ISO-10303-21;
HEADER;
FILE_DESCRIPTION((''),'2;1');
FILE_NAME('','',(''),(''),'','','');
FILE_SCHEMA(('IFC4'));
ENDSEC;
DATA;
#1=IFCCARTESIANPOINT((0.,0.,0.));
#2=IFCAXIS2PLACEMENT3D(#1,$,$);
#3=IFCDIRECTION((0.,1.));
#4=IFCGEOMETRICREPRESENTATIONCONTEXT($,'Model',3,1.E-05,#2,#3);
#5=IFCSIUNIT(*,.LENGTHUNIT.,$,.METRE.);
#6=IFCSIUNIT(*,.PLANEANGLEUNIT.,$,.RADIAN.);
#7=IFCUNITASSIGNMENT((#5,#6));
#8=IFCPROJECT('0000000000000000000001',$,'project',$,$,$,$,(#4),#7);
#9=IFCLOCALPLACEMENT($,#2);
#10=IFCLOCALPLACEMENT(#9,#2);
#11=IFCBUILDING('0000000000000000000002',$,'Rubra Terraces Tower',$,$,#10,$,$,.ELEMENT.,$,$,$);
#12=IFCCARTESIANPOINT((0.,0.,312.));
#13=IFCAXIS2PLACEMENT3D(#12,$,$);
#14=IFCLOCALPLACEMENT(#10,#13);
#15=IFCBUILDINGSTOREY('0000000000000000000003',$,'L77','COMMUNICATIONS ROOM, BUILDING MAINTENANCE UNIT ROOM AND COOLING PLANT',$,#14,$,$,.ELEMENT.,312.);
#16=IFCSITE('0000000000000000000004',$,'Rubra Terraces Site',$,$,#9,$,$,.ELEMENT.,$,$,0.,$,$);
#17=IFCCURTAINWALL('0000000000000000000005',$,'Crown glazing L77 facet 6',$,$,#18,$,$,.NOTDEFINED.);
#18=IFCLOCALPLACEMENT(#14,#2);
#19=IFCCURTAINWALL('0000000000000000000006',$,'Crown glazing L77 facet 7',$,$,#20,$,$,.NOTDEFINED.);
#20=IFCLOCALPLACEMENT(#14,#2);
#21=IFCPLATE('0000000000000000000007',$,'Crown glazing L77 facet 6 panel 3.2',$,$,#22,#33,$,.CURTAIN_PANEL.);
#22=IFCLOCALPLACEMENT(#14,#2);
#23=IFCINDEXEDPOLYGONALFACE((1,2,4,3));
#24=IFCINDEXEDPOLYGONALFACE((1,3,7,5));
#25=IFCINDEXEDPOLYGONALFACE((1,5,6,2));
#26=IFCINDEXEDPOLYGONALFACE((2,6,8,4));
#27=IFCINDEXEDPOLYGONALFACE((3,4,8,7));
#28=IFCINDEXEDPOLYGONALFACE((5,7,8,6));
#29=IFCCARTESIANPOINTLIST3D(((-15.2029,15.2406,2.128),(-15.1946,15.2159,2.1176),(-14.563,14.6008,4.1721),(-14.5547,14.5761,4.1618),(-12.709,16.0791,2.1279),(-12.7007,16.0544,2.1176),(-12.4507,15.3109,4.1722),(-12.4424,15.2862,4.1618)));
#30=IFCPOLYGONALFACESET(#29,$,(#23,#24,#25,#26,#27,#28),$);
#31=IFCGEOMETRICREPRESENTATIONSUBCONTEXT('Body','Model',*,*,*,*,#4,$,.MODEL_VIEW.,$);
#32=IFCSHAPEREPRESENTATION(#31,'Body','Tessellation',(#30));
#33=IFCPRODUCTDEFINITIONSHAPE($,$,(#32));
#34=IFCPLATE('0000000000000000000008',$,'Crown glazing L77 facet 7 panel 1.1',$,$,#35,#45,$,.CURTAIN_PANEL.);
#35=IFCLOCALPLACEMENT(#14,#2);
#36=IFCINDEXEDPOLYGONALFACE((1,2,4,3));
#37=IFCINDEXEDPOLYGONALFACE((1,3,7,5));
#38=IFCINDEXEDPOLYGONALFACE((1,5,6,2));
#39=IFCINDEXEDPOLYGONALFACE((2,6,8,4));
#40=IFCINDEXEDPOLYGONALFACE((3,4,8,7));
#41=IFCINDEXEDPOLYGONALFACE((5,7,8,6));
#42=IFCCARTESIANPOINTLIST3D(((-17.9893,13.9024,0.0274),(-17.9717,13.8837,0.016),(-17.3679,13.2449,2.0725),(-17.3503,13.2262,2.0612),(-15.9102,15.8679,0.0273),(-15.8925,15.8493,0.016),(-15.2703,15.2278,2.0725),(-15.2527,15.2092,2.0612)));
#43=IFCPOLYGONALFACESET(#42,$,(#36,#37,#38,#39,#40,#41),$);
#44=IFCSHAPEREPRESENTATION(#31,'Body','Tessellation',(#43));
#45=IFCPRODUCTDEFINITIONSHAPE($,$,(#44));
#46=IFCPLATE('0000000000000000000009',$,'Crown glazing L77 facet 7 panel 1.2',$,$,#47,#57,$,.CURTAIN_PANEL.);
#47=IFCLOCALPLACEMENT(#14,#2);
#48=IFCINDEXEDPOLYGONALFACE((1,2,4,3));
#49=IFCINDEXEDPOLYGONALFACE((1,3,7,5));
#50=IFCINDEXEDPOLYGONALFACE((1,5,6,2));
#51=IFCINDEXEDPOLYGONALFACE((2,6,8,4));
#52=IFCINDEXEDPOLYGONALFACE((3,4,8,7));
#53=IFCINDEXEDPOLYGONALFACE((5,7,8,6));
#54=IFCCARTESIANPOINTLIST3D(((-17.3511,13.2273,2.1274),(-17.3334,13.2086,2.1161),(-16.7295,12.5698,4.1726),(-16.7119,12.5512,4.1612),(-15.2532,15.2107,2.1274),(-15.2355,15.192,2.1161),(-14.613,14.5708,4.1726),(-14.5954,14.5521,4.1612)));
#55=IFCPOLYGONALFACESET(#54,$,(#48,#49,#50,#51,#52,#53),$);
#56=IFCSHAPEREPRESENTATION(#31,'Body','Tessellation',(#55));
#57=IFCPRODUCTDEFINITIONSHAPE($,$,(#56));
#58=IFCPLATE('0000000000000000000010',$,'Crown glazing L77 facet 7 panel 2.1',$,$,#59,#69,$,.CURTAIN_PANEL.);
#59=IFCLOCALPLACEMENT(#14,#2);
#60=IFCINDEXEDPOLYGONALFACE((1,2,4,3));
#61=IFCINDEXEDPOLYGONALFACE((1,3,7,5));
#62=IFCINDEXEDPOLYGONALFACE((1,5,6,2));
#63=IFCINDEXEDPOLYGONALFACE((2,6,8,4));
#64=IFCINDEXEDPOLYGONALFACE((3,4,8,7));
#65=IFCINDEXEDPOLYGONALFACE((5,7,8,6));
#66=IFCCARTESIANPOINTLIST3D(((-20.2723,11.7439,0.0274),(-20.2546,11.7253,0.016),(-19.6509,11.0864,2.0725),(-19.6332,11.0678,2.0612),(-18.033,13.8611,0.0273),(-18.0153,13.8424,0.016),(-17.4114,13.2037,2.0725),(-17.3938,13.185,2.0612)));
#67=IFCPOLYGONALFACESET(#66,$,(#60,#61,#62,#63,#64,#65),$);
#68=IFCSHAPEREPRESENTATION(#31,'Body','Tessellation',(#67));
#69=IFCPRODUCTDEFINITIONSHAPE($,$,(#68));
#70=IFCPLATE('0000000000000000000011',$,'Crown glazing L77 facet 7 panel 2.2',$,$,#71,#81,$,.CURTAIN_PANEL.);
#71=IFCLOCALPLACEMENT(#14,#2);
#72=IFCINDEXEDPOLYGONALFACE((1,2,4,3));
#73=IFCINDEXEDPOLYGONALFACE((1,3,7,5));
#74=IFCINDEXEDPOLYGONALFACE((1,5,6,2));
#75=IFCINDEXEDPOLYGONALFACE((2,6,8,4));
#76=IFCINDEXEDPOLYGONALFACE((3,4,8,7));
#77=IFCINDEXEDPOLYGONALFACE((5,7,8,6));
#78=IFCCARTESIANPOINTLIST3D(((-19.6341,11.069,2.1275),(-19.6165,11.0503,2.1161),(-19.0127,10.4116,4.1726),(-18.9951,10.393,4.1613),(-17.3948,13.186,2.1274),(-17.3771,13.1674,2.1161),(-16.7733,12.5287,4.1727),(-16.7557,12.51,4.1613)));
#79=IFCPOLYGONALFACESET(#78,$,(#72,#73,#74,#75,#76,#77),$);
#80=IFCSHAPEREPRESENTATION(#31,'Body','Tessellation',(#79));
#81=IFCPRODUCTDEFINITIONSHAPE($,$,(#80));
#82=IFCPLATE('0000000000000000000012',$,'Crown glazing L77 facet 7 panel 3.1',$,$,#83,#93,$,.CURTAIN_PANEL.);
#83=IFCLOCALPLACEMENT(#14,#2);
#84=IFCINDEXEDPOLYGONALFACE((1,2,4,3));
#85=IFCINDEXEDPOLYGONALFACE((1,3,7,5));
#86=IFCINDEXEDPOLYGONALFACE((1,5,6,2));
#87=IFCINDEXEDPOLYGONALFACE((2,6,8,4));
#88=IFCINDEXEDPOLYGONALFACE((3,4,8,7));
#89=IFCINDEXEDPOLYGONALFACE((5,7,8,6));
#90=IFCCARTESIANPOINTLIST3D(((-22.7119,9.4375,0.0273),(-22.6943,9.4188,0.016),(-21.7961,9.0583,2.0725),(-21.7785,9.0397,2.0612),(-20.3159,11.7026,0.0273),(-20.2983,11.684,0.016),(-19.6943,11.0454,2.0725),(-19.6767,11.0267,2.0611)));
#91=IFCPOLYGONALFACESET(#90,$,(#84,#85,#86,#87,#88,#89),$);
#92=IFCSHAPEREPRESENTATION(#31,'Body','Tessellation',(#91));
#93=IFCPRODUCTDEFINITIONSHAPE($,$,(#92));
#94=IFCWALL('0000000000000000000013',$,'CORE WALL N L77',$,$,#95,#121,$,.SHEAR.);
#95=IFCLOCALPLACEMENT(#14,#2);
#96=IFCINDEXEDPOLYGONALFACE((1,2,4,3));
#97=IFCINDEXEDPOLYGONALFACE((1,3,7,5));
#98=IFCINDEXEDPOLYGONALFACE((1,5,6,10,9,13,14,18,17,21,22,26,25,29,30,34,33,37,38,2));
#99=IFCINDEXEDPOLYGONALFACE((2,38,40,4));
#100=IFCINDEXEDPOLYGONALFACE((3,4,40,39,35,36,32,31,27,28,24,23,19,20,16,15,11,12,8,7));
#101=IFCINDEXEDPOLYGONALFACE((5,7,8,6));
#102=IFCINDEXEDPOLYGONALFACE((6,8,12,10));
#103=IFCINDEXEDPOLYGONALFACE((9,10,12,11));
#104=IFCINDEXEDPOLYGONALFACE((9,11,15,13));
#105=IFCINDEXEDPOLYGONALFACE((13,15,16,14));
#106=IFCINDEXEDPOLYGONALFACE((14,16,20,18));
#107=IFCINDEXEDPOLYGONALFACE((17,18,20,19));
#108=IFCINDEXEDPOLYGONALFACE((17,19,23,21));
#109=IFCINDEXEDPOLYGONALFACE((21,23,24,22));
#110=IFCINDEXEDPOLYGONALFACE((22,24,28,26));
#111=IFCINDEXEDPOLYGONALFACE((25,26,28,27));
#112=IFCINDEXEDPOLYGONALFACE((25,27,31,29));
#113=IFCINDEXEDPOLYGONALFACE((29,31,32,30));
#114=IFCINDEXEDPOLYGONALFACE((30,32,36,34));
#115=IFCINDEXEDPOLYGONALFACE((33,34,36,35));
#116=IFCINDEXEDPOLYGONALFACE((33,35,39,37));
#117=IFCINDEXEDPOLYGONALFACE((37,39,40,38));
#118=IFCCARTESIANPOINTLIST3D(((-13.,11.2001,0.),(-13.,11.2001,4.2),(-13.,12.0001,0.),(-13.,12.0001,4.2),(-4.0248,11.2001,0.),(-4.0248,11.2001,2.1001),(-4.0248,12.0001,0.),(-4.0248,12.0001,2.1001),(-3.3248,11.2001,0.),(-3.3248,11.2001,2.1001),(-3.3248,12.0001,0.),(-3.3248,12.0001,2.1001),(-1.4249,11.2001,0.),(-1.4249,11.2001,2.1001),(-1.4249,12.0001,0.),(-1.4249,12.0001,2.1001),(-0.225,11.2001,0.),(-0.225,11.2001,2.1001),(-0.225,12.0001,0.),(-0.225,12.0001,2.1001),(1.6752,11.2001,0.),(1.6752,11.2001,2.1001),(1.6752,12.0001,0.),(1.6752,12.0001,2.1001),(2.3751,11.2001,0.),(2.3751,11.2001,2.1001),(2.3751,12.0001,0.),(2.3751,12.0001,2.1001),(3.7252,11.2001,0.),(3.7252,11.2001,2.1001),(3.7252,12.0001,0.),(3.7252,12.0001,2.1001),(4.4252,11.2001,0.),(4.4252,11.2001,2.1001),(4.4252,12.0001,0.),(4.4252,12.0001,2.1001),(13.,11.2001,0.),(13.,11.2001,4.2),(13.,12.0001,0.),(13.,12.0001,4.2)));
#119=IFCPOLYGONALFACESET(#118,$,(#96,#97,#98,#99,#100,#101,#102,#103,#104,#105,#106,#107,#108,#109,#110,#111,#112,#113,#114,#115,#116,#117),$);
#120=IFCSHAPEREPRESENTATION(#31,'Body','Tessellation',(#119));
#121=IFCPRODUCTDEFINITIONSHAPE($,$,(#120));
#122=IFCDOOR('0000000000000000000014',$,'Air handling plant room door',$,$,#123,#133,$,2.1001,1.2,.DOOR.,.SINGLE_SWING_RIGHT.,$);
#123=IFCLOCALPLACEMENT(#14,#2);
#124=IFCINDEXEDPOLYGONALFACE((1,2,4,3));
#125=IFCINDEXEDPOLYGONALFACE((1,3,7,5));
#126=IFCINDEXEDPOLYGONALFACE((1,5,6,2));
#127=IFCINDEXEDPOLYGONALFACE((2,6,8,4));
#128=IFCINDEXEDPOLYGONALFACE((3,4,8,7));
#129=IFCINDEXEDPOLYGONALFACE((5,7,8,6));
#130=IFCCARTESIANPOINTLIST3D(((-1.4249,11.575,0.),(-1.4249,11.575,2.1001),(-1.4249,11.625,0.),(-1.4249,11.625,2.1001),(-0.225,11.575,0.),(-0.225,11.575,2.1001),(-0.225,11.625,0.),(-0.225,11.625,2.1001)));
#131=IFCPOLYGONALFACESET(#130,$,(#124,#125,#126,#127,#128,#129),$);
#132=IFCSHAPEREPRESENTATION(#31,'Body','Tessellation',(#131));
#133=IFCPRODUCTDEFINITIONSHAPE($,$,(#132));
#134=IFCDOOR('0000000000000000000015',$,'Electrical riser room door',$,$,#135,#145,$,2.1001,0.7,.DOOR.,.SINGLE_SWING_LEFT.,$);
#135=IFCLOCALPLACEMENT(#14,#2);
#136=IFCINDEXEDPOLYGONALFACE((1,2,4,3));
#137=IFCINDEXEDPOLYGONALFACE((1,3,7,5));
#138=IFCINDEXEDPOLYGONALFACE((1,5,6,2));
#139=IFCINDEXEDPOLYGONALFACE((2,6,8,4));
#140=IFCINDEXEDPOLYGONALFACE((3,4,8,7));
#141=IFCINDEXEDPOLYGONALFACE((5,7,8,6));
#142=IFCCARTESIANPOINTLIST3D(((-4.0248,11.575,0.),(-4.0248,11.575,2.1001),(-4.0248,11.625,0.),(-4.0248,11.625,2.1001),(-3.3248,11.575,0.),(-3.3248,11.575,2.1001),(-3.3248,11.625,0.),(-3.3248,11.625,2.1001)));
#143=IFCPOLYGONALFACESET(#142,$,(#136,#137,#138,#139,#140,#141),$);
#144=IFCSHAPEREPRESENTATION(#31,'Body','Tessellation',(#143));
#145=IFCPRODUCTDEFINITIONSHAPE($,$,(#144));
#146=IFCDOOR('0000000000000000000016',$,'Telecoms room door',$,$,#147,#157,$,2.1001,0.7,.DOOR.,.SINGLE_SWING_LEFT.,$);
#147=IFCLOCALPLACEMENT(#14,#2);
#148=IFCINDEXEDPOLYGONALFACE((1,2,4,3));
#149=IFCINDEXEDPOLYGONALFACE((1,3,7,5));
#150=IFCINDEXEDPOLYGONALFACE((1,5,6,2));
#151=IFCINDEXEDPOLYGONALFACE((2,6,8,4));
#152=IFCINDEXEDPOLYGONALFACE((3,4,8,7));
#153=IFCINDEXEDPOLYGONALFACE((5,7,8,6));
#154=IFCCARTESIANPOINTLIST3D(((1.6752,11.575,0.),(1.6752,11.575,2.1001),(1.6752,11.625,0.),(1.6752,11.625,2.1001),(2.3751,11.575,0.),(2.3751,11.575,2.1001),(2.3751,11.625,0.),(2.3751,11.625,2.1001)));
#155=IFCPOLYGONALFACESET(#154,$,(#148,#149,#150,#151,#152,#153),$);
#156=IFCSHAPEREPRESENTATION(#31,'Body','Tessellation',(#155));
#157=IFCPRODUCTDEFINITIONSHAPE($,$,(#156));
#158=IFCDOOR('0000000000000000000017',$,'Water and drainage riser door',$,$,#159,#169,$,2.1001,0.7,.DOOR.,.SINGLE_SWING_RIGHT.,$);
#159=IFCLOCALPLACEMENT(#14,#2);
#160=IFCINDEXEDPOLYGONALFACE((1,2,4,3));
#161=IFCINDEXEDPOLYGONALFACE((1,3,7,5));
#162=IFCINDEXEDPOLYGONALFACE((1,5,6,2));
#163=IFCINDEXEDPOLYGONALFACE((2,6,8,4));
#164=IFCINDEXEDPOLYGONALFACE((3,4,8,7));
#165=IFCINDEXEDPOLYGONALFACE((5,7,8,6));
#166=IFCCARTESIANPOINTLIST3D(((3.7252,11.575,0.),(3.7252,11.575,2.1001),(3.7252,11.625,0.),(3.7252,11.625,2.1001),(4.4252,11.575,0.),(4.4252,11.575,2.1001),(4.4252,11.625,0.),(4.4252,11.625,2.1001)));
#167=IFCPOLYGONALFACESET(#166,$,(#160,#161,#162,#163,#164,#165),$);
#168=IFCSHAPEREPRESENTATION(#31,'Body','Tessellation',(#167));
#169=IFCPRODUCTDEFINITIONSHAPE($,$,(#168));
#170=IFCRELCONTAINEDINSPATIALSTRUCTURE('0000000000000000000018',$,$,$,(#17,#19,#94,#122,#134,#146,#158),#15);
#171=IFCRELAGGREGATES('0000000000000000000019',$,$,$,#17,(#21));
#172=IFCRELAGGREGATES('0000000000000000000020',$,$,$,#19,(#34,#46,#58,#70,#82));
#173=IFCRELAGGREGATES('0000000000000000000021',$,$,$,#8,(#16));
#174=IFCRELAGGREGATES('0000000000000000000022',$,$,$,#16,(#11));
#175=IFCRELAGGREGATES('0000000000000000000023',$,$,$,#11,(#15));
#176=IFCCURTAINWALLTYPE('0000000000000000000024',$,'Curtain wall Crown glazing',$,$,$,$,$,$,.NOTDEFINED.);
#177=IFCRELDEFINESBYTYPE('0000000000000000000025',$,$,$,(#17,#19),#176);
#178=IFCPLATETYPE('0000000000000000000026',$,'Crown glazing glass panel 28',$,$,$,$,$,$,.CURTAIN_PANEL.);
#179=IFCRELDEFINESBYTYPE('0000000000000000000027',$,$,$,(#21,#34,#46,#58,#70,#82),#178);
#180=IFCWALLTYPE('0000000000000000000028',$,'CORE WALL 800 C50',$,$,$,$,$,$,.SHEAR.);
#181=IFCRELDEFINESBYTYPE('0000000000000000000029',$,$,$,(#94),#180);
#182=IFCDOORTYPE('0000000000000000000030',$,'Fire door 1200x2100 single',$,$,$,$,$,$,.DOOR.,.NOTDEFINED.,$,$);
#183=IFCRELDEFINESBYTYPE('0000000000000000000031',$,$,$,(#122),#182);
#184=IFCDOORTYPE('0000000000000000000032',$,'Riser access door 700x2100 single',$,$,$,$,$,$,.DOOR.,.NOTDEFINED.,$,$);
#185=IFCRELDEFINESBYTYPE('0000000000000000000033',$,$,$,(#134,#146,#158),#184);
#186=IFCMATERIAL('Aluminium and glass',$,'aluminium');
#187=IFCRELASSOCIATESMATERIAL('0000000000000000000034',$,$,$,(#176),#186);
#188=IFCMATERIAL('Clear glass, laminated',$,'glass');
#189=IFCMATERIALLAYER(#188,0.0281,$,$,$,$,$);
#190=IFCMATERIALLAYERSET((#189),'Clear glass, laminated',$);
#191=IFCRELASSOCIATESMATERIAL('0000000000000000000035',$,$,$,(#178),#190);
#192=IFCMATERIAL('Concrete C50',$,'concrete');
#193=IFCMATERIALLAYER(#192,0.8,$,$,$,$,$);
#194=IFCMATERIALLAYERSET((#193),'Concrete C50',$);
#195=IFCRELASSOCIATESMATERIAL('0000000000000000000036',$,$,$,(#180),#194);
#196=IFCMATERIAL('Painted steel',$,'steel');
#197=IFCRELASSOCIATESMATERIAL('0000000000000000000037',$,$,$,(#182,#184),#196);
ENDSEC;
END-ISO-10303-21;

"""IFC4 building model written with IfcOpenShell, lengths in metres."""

from ifc_helpers import new_model, si_unit, direction, frame, frame_2d, origin, place, context, subcontext, project, spatial, polyline, rectangle, outline, extrude, material, layer, layer_set, type_object, element, fill, aggregate, save


model = new_model("IFC4")

# Units and contexts
model_context = context("Model", 3, precision=1e-05, world=origin(), true_north=direction((0.0, 1.0)))
body_context = subcontext(model_context, "Body", "Model", "MODEL_VIEW")
ifc_project = project(units=[si_unit("LENGTHUNIT", "METRE"), si_unit("PLANEANGLEUNIT", "RADIAN")], contexts=[model_context])

# Site, building, storey
site_placement = place(None, origin())
site = spatial("IfcSite", under=ifc_project, at=site_placement, Name="Rubra Terraces Site", CompositionType="ELEMENT", RefElevation=0.0)
building_placement = place(site_placement, origin())
building = spatial("IfcBuilding", under=site, at=building_placement, Name="Rubra Terraces Tower", CompositionType="ELEMENT")
storey_placement = place(building_placement, frame((0.0, 0.0, 312.0)))
storey = spatial("IfcBuildingStorey", under=building, at=storey_placement, Name="L77", Description="COMMUNICATIONS ROOM, BUILDING MAINTENANCE UNIT ROOM AND COOLING PLANT", CompositionType="ELEMENT", Elevation=312.0)

# Curtain wall
ifc_material_1 = material(Name="Aluminium and glass", Category="aluminium")
curtain_wall_type = type_object("IfcCurtainWallType", Name="Curtain wall Crown glazing", PredefinedType="NOTDEFINED", material=ifc_material_1)
curtain_wall_1_placement = place(storey_placement, origin())
curtain_wall_1 = element("IfcCurtainWall", 1, at=curtain_wall_1_placement, inside=storey, type_object=curtain_wall_type, Name="Crown glazing L77 facet 6", PredefinedType="NOTDEFINED")

# Curtain wall
curtain_wall_2_placement = place(storey_placement, origin())
curtain_wall_2 = element("IfcCurtainWall", 2, at=curtain_wall_2_placement, inside=storey, type_object=curtain_wall_type, Name="Crown glazing L77 facet 7", PredefinedType="NOTDEFINED")

# Plates
ifc_material_2 = material(Name="Clear glass, laminated", Category="glass")
ifc_layer_1 = layer(ifc_material_2, 0.0281)
ifc_layer_set_1 = layer_set([ifc_layer_1], Name="Clear glass, laminated")
plate_type = type_object("IfcPlateType", Name="Crown glazing glass panel 28", PredefinedType="CURTAIN_PANEL", material=ifc_layer_set_1)
plate_1_placement = place(storey_placement, frame((-12.709, 16.0791, 2.1279), z_axis=(-0.296239, 0.88115, 0.368533), x_axis=(-0.947863, -0.318677, 0.000023)))
plate_1 = element("IfcPlate", 3, at=plate_1_placement, type_object=plate_type, Name="Crown glazing L77 facet 6 panel 3.2", PredefinedType="CURTAIN_PANEL", context=body_context, shape_type="SweptSolid", body=[
    extrude(outline(polyline([(0.0, 0.0), (2.6311, 0.0), (2.2285, 2.1989), (0.0001, 2.199), (0.0, 0.0)])), origin(), (0.0, 0.0, -1.0), 0.0281),
])
aggregate(curtain_wall_1, [plate_1])
plate_2_placement = place(storey_placement, frame((-15.9102, 15.8679, 0.0273), z_axis=(-0.628247, 0.664568, 0.404542), x_axis=(-0.726683, -0.686973, 0.00001)))
plate_2 = element("IfcPlate", 4, at=plate_2_placement, type_object=plate_type, Name="Crown glazing L77 facet 7 panel 1.1", PredefinedType="CURTAIN_PANEL", context=body_context, shape_type="SweptSolid", body=[
    extrude(outline(polyline([(0.0, 0.0), (2.8611, 0.0), (2.8613, 2.2363), (-0.0252, 2.2364), (0.0, 0.0)])), origin(), (0.0, 0.0, -1.0), 0.0281),
])
plate_3_placement = place(storey_placement, frame((-15.2532, 15.2107, 2.1274), z_axis=(-0.628267, 0.664531, 0.404572), x_axis=(-0.726656, -0.687001, -0.000002)))
plate_3 = element("IfcPlate", 5, at=plate_3_placement, type_object=plate_type, Name="Crown glazing L77 facet 7 panel 1.2", PredefinedType="CURTAIN_PANEL", context=body_context, shape_type="SweptSolid", body=[
    extrude(outline(polyline([(0.0, 0.0), (2.887, 0.0), (2.8871, 2.2364), (-0.0256, 2.2364), (0.0, 0.0)])), origin(), (0.0, 0.0, -1.0), 0.0281),
])
plate_4_placement = place(storey_placement, frame((-18.033, 13.8611, 0.0273), z_axis=(-0.628277, 0.664538, 0.404546), x_axis=(-0.726651, -0.687007, 0.00001)))
plate_4 = element("IfcPlate", 6, at=plate_4_placement, type_object=plate_type, Name="Crown glazing L77 facet 7 panel 2.1", PredefinedType="CURTAIN_PANEL", context=body_context, shape_type="SweptSolid", body=[
    extrude(outline(polyline([(0.0, 0.0), (3.0817, 0.0), (3.0819, 2.2363), (0.0, 2.2364), (0.0, 0.0)])), origin(), (0.0, 0.0, -1.0), 0.0281),
])
plate_5_placement = place(storey_placement, frame((-17.3948, 13.186, 2.1274), z_axis=(-0.628268, 0.664567, 0.404513), x_axis=(-0.726667, -0.68699, 0.000021)))
plate_5 = element("IfcPlate", 7, at=plate_5_placement, type_object=plate_type, Name="Crown glazing L77 facet 7 panel 2.2", PredefinedType="CURTAIN_PANEL", context=body_context, shape_type="SweptSolid", body=[
    extrude(outline(polyline([(0.0, 0.0), (3.0817, 0.0), (3.0817, 2.2362), (0.0, 2.2364), (0.0, 0.0)])), origin(), (0.0, 0.0, -1.0), 0.0281),
])
plate_6_placement = place(storey_placement, frame((-20.3159, 11.7026, 0.0273), z_axis=(-0.628272, 0.66456, 0.404517), x_axis=(-0.726669, -0.686988, -0.000002)))
plate_6 = element("IfcPlate", 8, at=plate_6_placement, type_object=plate_type, Name="Crown glazing L77 facet 7 panel 3.1", PredefinedType="CURTAIN_PANEL", context=body_context, shape_type="SweptSolid", body=[
    extrude(outline(polyline([(0.0, 0.0), (3.2972, 0.0), (2.8922, 2.2363), (-0.0002, 2.2363), (0.0, 0.0)])), origin(), (0.0, 0.0, -1.0), 0.0281),
])
aggregate(curtain_wall_2, [plate_2, plate_3, plate_4, plate_5, plate_6])

# Wall, openings, doors
ifc_material_3 = material(Name="Concrete C50", Category="concrete")
ifc_layer_2 = layer(ifc_material_3, 0.8)
ifc_layer_set_2 = layer_set([ifc_layer_2], Name="Concrete C50")
wall_type_1 = type_object("IfcWallType", Name="CORE WALL 800 C50", PredefinedType="SHEAR", material=ifc_layer_set_2)
wall_1_placement = place(storey_placement, frame((-13.0, 11.6001, 0.0), z_axis=(0.0, 0.0, 1.0), x_axis=(1.0, 0.0, 0.0)))
wall_1 = element("IfcWall", 9, at=wall_1_placement, inside=storey, type_object=wall_type_1, Name="CORE WALL N L77", PredefinedType="SHEAR", context=body_context, shape_type="SweptSolid", body=[
    extrude(rectangle(XDim=26.0, YDim=0.8, at=frame_2d((13.0, 0.0))), origin(), (0.0, 0.0, 1.0), 4.2),
])
opening_1_placement = place(wall_1_placement, frame((8.9751, 0.0, 0.0)))
opening_1 = element("IfcOpeningElement", 10, at=opening_1_placement, cuts=wall_1, PredefinedType="OPENING", context=body_context, shape_type="SweptSolid", body=[
    extrude(rectangle(XDim=0.7, YDim=2.1001, at=frame_2d((0.3501, 1.05))), frame((0.0, 0.4099, 0.0), z_axis=(0.0, -1.0, 0.0), x_axis=(1.0, 0.0, 0.0)), (0.0, 0.0, 1.0), 0.8201),
])
opening_2_placement = place(wall_1_placement, frame((11.575, 0.0, 0.0)))
opening_2 = element("IfcOpeningElement", 11, at=opening_2_placement, cuts=wall_1, PredefinedType="OPENING", context=body_context, shape_type="SweptSolid", body=[
    extrude(rectangle(XDim=1.2, YDim=2.1001, at=frame_2d((0.6001, 1.05))), frame((0.0, 0.4099, 0.0), z_axis=(0.0, -1.0, 0.0), x_axis=(1.0, 0.0, 0.0)), (0.0, 0.0, 1.0), 0.8201),
])
opening_3_placement = place(wall_1_placement, frame((14.675, 0.0, 0.0)))
opening_3 = element("IfcOpeningElement", 12, at=opening_3_placement, cuts=wall_1, PredefinedType="OPENING", context=body_context, shape_type="SweptSolid", body=[
    extrude(rectangle(XDim=0.7, YDim=2.1001, at=frame_2d((0.3501, 1.05))), frame((0.0, 0.4099, 0.0), z_axis=(0.0, -1.0, 0.0), x_axis=(1.0, 0.0, 0.0)), (0.0, 0.0, 1.0), 0.8201),
])
opening_4_placement = place(wall_1_placement, frame((16.7251, 0.0, 0.0)))
opening_4 = element("IfcOpeningElement", 13, at=opening_4_placement, cuts=wall_1, PredefinedType="OPENING", context=body_context, shape_type="SweptSolid", body=[
    extrude(rectangle(XDim=0.7, YDim=2.1001, at=frame_2d((0.3501, 1.05))), frame((0.0, 0.4099, 0.0), z_axis=(0.0, -1.0, 0.0), x_axis=(1.0, 0.0, 0.0)), (0.0, 0.0, 1.0), 0.8201),
])
ifc_material_4 = material(Name="Painted steel", Category="steel")
door_type_1 = type_object("IfcDoorType", Name="Fire door 1200x2100 single", OperationType="NOTDEFINED", PredefinedType="DOOR", material=ifc_material_4)
door_1_placement = place(opening_2_placement, origin())
door_1 = element("IfcDoor", 14, at=door_1_placement, inside=storey, type_object=door_type_1, Name="Air handling plant room door", OperationType="SINGLE_SWING_RIGHT", OverallHeight=2.1001, OverallWidth=1.2, PredefinedType="DOOR", context=body_context, shape_type="SweptSolid", body=[
    extrude(rectangle(XDim=1.2, YDim=2.1001, at=frame_2d((0.6001, 1.05))), frame((0.0, 0.0249, 0.0), z_axis=(0.0, -1.0, 0.0), x_axis=(1.0, 0.0, 0.0)), (0.0, 0.0, 1.0), 0.05),
])
fill(opening_2, door_1)
door_type_2 = type_object("IfcDoorType", Name="Riser access door 700x2100 single", OperationType="NOTDEFINED", PredefinedType="DOOR", material=ifc_material_4)
door_2_placement = place(opening_1_placement, origin())
door_2 = element("IfcDoor", 15, at=door_2_placement, inside=storey, type_object=door_type_2, Name="Electrical riser room door", OperationType="SINGLE_SWING_LEFT", OverallHeight=2.1001, OverallWidth=0.7, PredefinedType="DOOR", context=body_context, shape_type="SweptSolid", body=[
    extrude(rectangle(XDim=0.7, YDim=2.1001, at=frame_2d((0.3501, 1.05))), frame((0.0, 0.0249, 0.0), z_axis=(0.0, -1.0, 0.0), x_axis=(1.0, 0.0, 0.0)), (0.0, 0.0, 1.0), 0.05),
])
fill(opening_1, door_2)
door_3_placement = place(opening_3_placement, origin())
door_3 = element("IfcDoor", 16, at=door_3_placement, inside=storey, type_object=door_type_2, Name="Telecoms room door", OperationType="SINGLE_SWING_LEFT", OverallHeight=2.1001, OverallWidth=0.7, PredefinedType="DOOR", context=body_context, shape_type="SweptSolid", body=[
    extrude(rectangle(XDim=0.7, YDim=2.1001, at=frame_2d((0.3501, 1.05))), frame((0.0, 0.0249, 0.0), z_axis=(0.0, -1.0, 0.0), x_axis=(1.0, 0.0, 0.0)), (0.0, 0.0, 1.0), 0.05),
])
fill(opening_3, door_3)
door_4_placement = place(opening_4_placement, origin())
door_4 = element("IfcDoor", 17, at=door_4_placement, inside=storey, type_object=door_type_2, Name="Water and drainage riser door", OperationType="SINGLE_SWING_RIGHT", OverallHeight=2.1001, OverallWidth=0.7, PredefinedType="DOOR", context=body_context, shape_type="SweptSolid", body=[
    extrude(rectangle(XDim=0.7, YDim=2.1001, at=frame_2d((0.3501, 1.05))), frame((0.0, 0.0249, 0.0), z_axis=(0.0, -1.0, 0.0), x_axis=(1.0, 0.0, 0.0)), (0.0, 0.0, 1.0), 0.05),
])
fill(opening_4, door_4)

save(model, "model.ifc")
